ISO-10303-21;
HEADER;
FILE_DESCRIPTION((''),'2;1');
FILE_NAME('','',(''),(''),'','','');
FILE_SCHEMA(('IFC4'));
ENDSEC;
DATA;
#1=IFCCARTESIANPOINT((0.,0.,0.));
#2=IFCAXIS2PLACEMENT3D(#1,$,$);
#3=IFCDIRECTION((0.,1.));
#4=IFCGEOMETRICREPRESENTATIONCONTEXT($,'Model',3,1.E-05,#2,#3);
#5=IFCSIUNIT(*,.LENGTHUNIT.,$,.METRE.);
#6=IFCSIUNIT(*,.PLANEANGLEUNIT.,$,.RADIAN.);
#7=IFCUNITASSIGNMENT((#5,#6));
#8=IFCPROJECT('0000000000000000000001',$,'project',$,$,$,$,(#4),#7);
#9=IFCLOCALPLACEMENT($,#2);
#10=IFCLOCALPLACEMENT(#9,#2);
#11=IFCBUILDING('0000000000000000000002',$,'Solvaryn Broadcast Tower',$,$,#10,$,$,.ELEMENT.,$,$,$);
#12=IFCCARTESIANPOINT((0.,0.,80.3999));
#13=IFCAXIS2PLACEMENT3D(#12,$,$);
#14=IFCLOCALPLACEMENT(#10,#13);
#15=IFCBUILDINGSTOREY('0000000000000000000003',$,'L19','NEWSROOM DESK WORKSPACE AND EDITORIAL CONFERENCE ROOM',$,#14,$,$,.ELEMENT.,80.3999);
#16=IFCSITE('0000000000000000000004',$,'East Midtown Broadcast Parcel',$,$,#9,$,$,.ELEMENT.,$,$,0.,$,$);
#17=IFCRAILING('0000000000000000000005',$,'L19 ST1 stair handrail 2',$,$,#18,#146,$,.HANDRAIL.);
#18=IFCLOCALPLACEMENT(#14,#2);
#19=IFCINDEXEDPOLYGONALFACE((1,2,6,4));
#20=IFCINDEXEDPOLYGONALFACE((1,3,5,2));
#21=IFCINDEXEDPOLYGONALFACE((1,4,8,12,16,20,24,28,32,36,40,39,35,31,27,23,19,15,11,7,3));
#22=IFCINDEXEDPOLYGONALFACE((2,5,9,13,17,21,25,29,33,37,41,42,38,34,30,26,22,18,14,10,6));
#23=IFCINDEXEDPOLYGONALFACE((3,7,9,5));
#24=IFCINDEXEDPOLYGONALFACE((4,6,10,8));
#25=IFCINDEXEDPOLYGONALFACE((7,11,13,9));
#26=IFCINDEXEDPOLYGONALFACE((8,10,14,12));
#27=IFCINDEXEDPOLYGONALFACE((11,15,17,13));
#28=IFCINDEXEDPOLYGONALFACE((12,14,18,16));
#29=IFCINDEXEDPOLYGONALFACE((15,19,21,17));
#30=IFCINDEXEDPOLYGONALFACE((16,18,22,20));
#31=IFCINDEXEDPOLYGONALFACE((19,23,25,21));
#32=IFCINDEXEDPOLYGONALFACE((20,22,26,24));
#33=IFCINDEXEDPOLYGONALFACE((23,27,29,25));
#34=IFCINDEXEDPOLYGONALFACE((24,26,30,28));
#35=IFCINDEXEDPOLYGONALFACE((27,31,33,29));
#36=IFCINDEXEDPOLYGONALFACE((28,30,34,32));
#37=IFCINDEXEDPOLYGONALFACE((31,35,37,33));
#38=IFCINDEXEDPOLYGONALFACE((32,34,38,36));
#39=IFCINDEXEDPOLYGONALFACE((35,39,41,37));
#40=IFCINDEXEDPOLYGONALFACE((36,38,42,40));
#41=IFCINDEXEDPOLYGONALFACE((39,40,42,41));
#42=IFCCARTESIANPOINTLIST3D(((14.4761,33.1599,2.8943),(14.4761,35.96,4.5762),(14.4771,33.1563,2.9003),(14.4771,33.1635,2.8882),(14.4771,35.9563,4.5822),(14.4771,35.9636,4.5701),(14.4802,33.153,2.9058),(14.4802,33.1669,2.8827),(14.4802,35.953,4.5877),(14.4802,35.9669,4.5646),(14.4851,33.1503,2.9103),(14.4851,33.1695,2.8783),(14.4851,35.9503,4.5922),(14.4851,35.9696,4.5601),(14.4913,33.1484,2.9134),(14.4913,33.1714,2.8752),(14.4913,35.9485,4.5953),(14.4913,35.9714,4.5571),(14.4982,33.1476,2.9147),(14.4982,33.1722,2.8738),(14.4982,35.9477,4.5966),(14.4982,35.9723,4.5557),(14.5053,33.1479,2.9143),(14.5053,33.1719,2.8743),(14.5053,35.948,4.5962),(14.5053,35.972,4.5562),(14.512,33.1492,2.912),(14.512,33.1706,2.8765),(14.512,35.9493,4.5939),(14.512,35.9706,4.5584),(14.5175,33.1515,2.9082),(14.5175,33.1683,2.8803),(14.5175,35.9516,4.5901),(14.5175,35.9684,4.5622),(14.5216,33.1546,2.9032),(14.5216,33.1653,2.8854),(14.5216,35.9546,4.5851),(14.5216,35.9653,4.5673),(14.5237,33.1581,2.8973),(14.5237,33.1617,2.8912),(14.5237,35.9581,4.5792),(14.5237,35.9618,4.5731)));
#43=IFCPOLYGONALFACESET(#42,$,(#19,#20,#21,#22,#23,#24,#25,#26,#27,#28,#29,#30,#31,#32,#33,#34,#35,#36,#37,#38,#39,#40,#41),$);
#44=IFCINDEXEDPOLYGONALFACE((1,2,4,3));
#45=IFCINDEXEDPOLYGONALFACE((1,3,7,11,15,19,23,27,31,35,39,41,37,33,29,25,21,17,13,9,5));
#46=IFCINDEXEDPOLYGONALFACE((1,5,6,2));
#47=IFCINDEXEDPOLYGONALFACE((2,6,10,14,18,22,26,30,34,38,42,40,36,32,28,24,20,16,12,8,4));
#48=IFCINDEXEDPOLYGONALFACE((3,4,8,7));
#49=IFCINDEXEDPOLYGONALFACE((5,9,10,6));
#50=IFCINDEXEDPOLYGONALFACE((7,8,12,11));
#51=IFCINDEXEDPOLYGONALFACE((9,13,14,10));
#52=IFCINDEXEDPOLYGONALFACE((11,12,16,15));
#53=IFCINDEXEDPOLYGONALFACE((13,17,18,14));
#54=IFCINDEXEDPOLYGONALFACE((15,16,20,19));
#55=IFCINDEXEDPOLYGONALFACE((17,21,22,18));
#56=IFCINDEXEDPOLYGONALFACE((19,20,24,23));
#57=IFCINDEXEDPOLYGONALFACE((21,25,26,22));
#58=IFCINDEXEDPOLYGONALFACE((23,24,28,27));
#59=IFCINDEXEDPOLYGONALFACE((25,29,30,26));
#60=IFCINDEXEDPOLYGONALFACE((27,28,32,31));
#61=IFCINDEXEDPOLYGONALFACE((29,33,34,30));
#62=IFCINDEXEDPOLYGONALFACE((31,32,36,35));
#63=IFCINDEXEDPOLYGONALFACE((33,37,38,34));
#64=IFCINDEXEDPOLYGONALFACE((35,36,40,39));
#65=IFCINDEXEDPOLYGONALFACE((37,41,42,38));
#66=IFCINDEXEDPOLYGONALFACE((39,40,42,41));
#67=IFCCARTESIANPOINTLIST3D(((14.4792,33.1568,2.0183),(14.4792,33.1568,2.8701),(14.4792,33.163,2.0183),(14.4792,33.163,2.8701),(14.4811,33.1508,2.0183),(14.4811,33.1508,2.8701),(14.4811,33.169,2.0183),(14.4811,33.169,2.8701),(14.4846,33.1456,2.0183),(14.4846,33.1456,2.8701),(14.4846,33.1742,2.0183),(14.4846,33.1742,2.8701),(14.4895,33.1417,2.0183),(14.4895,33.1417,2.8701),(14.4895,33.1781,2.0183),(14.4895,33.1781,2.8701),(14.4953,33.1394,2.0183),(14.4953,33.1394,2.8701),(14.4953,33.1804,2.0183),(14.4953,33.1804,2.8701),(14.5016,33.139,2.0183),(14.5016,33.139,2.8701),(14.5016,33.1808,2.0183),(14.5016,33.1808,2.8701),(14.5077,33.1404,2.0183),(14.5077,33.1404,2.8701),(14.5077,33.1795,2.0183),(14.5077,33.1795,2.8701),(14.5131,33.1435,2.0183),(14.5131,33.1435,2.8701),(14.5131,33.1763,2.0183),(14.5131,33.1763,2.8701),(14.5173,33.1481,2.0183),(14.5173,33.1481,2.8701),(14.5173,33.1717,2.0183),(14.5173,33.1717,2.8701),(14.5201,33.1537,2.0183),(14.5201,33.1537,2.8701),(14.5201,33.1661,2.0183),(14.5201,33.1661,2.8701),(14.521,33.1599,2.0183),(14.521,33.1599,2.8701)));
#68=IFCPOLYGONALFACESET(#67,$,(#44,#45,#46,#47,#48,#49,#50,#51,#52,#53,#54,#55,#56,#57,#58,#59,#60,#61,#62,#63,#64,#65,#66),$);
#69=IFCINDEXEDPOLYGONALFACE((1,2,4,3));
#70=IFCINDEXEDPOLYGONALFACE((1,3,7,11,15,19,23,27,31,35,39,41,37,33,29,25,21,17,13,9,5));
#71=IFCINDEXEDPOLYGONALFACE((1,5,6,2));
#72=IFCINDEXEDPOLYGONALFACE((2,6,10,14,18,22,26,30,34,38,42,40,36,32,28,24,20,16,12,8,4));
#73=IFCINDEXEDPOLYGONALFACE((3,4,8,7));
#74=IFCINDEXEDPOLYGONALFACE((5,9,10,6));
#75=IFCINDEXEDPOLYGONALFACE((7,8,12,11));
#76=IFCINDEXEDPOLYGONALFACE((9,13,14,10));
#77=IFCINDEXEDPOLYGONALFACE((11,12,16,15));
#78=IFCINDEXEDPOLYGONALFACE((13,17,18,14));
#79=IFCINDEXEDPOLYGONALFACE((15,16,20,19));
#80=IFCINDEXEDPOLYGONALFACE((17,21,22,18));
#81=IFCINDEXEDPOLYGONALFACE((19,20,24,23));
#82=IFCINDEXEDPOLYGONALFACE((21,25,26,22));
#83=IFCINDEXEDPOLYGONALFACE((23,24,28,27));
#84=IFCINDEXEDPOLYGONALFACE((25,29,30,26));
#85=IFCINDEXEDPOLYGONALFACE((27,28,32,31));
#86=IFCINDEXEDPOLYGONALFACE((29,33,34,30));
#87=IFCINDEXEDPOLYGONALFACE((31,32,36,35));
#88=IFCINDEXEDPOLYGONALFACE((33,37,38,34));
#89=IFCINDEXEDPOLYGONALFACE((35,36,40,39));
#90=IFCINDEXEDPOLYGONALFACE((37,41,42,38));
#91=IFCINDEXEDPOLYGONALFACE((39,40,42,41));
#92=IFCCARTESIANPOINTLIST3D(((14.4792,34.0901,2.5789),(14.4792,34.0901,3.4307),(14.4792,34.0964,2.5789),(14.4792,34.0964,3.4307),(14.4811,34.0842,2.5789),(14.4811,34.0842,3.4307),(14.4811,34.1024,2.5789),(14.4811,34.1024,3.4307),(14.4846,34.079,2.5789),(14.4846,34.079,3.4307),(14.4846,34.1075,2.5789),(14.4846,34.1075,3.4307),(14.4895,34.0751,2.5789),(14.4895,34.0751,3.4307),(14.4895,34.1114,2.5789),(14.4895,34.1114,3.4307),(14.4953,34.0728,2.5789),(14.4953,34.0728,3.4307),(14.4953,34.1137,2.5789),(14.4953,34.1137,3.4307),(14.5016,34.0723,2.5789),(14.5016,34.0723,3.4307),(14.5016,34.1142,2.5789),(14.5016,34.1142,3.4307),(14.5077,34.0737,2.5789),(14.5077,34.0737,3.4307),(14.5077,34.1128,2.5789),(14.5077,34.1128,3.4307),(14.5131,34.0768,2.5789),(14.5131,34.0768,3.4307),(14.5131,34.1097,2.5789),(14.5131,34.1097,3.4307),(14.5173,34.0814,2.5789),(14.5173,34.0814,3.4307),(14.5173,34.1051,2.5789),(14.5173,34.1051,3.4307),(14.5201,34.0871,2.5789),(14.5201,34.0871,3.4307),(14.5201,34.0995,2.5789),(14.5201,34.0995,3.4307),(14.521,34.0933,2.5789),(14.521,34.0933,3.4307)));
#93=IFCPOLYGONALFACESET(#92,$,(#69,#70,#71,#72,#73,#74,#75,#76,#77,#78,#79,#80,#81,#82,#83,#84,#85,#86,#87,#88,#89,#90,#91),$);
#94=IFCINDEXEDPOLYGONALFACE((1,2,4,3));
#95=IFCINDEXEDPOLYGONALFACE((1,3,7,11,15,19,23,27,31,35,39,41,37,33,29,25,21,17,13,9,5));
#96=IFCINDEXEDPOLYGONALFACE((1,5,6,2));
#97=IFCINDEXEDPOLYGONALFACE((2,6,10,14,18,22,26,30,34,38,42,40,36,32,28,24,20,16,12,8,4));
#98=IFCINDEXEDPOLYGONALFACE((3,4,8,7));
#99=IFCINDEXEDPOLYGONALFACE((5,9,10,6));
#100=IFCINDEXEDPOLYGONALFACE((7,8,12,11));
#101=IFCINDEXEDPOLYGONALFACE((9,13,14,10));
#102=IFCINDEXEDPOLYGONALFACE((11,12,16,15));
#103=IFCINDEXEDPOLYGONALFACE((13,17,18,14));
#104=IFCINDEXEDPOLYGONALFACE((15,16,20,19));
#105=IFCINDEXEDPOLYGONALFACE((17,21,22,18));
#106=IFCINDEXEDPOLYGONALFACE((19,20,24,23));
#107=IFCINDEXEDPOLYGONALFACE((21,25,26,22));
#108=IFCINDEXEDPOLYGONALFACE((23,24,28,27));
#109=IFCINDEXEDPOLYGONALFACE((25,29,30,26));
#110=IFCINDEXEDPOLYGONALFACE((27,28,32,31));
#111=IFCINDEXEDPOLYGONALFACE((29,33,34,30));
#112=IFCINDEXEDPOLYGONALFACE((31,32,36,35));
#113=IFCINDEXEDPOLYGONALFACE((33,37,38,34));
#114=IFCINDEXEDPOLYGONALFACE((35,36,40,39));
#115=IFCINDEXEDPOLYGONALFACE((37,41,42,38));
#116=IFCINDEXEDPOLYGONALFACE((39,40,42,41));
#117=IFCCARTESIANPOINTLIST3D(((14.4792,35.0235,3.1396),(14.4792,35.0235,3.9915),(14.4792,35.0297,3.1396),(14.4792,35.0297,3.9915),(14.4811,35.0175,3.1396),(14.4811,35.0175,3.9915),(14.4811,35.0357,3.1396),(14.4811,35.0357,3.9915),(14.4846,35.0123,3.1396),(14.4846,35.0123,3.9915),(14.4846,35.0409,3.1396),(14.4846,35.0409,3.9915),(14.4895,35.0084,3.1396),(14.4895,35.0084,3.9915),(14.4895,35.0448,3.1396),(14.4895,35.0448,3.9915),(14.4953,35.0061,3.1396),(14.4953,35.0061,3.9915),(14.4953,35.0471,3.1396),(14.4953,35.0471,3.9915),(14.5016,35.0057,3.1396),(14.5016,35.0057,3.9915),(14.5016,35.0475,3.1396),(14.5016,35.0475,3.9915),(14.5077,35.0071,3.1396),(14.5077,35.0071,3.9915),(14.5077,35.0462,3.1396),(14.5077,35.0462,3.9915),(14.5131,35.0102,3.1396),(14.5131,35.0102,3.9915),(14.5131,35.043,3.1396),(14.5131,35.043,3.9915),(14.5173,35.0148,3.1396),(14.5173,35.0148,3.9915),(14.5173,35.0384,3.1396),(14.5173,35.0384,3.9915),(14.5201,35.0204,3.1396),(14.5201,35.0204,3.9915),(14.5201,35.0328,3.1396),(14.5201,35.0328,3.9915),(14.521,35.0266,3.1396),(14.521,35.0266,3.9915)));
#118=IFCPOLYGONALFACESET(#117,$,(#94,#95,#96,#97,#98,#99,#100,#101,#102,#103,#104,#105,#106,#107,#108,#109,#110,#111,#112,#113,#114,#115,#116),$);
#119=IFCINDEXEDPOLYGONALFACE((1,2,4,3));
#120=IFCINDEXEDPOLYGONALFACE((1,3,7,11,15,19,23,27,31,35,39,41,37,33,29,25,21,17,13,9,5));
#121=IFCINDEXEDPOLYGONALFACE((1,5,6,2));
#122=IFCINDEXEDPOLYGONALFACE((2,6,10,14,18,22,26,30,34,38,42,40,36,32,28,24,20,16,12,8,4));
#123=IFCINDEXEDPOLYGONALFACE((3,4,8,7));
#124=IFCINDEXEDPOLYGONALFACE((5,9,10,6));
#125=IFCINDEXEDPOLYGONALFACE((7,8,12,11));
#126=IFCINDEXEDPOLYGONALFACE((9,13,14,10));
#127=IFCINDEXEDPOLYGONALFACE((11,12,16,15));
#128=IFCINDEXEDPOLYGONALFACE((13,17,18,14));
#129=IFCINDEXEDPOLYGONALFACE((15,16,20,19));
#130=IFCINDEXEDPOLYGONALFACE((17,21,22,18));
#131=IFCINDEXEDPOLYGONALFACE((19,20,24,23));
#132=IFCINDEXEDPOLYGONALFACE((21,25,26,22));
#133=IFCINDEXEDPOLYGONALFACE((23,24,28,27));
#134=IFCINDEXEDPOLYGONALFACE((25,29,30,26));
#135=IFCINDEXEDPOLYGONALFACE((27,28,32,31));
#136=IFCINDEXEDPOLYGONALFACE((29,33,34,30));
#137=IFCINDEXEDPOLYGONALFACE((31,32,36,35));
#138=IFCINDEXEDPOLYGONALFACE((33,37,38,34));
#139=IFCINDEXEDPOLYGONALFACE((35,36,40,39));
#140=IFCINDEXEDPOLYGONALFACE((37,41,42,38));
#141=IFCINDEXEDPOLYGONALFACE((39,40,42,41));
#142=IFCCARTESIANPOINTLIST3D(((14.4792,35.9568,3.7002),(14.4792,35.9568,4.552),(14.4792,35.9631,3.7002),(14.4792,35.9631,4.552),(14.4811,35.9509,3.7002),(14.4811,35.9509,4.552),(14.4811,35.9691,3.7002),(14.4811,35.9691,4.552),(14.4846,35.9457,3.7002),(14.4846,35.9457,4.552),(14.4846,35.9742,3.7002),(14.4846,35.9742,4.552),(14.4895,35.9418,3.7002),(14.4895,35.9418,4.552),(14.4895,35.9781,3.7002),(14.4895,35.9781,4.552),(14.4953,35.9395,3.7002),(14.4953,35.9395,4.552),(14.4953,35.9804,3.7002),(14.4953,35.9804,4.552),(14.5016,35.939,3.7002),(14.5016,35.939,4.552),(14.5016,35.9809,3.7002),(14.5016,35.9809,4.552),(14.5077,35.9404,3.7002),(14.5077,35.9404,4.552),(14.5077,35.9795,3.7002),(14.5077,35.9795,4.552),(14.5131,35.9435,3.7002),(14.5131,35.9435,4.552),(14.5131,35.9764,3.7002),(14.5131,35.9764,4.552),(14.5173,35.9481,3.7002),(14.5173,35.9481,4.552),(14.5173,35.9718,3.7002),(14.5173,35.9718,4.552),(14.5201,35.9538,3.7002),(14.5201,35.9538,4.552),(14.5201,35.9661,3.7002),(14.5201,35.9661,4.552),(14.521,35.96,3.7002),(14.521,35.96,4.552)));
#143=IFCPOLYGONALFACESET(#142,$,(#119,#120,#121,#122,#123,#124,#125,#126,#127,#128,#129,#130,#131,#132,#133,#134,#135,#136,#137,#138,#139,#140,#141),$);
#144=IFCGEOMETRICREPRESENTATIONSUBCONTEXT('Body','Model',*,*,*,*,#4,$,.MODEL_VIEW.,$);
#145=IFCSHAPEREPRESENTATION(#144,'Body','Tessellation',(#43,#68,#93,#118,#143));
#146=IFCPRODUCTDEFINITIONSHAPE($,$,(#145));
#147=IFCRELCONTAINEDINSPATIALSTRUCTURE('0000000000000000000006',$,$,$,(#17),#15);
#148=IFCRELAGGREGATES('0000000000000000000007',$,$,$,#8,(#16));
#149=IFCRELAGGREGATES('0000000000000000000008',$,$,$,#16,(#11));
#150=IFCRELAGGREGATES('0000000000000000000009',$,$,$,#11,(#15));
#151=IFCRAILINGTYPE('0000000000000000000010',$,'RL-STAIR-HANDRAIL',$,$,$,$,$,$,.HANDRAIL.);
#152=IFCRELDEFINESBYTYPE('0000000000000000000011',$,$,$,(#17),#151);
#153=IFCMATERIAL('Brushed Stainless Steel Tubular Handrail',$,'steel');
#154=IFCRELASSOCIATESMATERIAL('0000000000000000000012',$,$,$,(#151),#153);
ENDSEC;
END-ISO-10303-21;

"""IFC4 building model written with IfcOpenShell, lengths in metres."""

from ifc_helpers import new_model, si_unit, direction, frame, origin, origin_2d, place, context, subcontext, project, spatial, circle, extrude, material, type_object, element, save


model = new_model("IFC4")

# Units and contexts
model_context = context("Model", 3, precision=1e-05, world=origin(), true_north=direction((0.0, 1.0)))
body_context = subcontext(model_context, "Body", "Model", "MODEL_VIEW")
ifc_project = project(units=[si_unit("LENGTHUNIT", "METRE"), si_unit("PLANEANGLEUNIT", "RADIAN")], contexts=[model_context])

# Site, building, storey
site_placement = place(None, origin())
site = spatial("IfcSite", under=ifc_project, at=site_placement, Name="East Midtown Broadcast Parcel", CompositionType="ELEMENT", RefElevation=0.0)
building_placement = place(site_placement, origin())
building = spatial("IfcBuilding", under=site, at=building_placement, Name="Solvaryn Broadcast Tower", CompositionType="ELEMENT")
storey_placement = place(building_placement, frame((0.0, 0.0, 80.3999)))
storey = spatial("IfcBuildingStorey", under=building, at=storey_placement, Name="L19", Description="NEWSROOM DESK WORKSPACE AND EDITORIAL CONFERENCE ROOM", CompositionType="ELEMENT", Elevation=80.3999)

# Railing
ifc_material_1 = material(Name="Brushed Stainless Steel Tubular Handrail", Category="steel")
railing_type_1 = type_object("IfcRailingType", Name="RL-STAIR-HANDRAIL", PredefinedType="HANDRAIL", material=ifc_material_1)
railing_1_placement = place(storey_placement, frame((14.5, 33.1599, 2.0183)))
element("IfcRailing", 1, at=railing_1_placement, inside=storey, type_object=railing_type_1, Name="L19 ST1 stair handrail 2", PredefinedType="HANDRAIL", context=body_context, shape_type="SweptSolid", body=[
    extrude(circle(Radius=0.0239, at=origin_2d()), frame((0.0, 0.0, 0.876), z_axis=(0.0, 0.857242, 0.514913), x_axis=(-1.0, 0.0, 0.0)), (0.0, 0.0, 1.0), 3.2664),
    extrude(circle(Radius=0.021, at=origin_2d()), origin(), (0.0, 0.0, 1.0), 0.8518),
    extrude(circle(Radius=0.021, at=origin_2d()), frame((0.0, 0.9333, 0.5605)), (0.0, 0.0, 1.0), 0.8518),
    extrude(circle(Radius=0.021, at=origin_2d()), frame((0.0, 1.8667, 1.1213)), (0.0, 0.0, 1.0), 0.8518),
    extrude(circle(Radius=0.021, at=origin_2d()), frame((0.0, 2.8, 1.6819)), (0.0, 0.0, 1.0), 0.8518),
])

save(model, "model.ifc")
